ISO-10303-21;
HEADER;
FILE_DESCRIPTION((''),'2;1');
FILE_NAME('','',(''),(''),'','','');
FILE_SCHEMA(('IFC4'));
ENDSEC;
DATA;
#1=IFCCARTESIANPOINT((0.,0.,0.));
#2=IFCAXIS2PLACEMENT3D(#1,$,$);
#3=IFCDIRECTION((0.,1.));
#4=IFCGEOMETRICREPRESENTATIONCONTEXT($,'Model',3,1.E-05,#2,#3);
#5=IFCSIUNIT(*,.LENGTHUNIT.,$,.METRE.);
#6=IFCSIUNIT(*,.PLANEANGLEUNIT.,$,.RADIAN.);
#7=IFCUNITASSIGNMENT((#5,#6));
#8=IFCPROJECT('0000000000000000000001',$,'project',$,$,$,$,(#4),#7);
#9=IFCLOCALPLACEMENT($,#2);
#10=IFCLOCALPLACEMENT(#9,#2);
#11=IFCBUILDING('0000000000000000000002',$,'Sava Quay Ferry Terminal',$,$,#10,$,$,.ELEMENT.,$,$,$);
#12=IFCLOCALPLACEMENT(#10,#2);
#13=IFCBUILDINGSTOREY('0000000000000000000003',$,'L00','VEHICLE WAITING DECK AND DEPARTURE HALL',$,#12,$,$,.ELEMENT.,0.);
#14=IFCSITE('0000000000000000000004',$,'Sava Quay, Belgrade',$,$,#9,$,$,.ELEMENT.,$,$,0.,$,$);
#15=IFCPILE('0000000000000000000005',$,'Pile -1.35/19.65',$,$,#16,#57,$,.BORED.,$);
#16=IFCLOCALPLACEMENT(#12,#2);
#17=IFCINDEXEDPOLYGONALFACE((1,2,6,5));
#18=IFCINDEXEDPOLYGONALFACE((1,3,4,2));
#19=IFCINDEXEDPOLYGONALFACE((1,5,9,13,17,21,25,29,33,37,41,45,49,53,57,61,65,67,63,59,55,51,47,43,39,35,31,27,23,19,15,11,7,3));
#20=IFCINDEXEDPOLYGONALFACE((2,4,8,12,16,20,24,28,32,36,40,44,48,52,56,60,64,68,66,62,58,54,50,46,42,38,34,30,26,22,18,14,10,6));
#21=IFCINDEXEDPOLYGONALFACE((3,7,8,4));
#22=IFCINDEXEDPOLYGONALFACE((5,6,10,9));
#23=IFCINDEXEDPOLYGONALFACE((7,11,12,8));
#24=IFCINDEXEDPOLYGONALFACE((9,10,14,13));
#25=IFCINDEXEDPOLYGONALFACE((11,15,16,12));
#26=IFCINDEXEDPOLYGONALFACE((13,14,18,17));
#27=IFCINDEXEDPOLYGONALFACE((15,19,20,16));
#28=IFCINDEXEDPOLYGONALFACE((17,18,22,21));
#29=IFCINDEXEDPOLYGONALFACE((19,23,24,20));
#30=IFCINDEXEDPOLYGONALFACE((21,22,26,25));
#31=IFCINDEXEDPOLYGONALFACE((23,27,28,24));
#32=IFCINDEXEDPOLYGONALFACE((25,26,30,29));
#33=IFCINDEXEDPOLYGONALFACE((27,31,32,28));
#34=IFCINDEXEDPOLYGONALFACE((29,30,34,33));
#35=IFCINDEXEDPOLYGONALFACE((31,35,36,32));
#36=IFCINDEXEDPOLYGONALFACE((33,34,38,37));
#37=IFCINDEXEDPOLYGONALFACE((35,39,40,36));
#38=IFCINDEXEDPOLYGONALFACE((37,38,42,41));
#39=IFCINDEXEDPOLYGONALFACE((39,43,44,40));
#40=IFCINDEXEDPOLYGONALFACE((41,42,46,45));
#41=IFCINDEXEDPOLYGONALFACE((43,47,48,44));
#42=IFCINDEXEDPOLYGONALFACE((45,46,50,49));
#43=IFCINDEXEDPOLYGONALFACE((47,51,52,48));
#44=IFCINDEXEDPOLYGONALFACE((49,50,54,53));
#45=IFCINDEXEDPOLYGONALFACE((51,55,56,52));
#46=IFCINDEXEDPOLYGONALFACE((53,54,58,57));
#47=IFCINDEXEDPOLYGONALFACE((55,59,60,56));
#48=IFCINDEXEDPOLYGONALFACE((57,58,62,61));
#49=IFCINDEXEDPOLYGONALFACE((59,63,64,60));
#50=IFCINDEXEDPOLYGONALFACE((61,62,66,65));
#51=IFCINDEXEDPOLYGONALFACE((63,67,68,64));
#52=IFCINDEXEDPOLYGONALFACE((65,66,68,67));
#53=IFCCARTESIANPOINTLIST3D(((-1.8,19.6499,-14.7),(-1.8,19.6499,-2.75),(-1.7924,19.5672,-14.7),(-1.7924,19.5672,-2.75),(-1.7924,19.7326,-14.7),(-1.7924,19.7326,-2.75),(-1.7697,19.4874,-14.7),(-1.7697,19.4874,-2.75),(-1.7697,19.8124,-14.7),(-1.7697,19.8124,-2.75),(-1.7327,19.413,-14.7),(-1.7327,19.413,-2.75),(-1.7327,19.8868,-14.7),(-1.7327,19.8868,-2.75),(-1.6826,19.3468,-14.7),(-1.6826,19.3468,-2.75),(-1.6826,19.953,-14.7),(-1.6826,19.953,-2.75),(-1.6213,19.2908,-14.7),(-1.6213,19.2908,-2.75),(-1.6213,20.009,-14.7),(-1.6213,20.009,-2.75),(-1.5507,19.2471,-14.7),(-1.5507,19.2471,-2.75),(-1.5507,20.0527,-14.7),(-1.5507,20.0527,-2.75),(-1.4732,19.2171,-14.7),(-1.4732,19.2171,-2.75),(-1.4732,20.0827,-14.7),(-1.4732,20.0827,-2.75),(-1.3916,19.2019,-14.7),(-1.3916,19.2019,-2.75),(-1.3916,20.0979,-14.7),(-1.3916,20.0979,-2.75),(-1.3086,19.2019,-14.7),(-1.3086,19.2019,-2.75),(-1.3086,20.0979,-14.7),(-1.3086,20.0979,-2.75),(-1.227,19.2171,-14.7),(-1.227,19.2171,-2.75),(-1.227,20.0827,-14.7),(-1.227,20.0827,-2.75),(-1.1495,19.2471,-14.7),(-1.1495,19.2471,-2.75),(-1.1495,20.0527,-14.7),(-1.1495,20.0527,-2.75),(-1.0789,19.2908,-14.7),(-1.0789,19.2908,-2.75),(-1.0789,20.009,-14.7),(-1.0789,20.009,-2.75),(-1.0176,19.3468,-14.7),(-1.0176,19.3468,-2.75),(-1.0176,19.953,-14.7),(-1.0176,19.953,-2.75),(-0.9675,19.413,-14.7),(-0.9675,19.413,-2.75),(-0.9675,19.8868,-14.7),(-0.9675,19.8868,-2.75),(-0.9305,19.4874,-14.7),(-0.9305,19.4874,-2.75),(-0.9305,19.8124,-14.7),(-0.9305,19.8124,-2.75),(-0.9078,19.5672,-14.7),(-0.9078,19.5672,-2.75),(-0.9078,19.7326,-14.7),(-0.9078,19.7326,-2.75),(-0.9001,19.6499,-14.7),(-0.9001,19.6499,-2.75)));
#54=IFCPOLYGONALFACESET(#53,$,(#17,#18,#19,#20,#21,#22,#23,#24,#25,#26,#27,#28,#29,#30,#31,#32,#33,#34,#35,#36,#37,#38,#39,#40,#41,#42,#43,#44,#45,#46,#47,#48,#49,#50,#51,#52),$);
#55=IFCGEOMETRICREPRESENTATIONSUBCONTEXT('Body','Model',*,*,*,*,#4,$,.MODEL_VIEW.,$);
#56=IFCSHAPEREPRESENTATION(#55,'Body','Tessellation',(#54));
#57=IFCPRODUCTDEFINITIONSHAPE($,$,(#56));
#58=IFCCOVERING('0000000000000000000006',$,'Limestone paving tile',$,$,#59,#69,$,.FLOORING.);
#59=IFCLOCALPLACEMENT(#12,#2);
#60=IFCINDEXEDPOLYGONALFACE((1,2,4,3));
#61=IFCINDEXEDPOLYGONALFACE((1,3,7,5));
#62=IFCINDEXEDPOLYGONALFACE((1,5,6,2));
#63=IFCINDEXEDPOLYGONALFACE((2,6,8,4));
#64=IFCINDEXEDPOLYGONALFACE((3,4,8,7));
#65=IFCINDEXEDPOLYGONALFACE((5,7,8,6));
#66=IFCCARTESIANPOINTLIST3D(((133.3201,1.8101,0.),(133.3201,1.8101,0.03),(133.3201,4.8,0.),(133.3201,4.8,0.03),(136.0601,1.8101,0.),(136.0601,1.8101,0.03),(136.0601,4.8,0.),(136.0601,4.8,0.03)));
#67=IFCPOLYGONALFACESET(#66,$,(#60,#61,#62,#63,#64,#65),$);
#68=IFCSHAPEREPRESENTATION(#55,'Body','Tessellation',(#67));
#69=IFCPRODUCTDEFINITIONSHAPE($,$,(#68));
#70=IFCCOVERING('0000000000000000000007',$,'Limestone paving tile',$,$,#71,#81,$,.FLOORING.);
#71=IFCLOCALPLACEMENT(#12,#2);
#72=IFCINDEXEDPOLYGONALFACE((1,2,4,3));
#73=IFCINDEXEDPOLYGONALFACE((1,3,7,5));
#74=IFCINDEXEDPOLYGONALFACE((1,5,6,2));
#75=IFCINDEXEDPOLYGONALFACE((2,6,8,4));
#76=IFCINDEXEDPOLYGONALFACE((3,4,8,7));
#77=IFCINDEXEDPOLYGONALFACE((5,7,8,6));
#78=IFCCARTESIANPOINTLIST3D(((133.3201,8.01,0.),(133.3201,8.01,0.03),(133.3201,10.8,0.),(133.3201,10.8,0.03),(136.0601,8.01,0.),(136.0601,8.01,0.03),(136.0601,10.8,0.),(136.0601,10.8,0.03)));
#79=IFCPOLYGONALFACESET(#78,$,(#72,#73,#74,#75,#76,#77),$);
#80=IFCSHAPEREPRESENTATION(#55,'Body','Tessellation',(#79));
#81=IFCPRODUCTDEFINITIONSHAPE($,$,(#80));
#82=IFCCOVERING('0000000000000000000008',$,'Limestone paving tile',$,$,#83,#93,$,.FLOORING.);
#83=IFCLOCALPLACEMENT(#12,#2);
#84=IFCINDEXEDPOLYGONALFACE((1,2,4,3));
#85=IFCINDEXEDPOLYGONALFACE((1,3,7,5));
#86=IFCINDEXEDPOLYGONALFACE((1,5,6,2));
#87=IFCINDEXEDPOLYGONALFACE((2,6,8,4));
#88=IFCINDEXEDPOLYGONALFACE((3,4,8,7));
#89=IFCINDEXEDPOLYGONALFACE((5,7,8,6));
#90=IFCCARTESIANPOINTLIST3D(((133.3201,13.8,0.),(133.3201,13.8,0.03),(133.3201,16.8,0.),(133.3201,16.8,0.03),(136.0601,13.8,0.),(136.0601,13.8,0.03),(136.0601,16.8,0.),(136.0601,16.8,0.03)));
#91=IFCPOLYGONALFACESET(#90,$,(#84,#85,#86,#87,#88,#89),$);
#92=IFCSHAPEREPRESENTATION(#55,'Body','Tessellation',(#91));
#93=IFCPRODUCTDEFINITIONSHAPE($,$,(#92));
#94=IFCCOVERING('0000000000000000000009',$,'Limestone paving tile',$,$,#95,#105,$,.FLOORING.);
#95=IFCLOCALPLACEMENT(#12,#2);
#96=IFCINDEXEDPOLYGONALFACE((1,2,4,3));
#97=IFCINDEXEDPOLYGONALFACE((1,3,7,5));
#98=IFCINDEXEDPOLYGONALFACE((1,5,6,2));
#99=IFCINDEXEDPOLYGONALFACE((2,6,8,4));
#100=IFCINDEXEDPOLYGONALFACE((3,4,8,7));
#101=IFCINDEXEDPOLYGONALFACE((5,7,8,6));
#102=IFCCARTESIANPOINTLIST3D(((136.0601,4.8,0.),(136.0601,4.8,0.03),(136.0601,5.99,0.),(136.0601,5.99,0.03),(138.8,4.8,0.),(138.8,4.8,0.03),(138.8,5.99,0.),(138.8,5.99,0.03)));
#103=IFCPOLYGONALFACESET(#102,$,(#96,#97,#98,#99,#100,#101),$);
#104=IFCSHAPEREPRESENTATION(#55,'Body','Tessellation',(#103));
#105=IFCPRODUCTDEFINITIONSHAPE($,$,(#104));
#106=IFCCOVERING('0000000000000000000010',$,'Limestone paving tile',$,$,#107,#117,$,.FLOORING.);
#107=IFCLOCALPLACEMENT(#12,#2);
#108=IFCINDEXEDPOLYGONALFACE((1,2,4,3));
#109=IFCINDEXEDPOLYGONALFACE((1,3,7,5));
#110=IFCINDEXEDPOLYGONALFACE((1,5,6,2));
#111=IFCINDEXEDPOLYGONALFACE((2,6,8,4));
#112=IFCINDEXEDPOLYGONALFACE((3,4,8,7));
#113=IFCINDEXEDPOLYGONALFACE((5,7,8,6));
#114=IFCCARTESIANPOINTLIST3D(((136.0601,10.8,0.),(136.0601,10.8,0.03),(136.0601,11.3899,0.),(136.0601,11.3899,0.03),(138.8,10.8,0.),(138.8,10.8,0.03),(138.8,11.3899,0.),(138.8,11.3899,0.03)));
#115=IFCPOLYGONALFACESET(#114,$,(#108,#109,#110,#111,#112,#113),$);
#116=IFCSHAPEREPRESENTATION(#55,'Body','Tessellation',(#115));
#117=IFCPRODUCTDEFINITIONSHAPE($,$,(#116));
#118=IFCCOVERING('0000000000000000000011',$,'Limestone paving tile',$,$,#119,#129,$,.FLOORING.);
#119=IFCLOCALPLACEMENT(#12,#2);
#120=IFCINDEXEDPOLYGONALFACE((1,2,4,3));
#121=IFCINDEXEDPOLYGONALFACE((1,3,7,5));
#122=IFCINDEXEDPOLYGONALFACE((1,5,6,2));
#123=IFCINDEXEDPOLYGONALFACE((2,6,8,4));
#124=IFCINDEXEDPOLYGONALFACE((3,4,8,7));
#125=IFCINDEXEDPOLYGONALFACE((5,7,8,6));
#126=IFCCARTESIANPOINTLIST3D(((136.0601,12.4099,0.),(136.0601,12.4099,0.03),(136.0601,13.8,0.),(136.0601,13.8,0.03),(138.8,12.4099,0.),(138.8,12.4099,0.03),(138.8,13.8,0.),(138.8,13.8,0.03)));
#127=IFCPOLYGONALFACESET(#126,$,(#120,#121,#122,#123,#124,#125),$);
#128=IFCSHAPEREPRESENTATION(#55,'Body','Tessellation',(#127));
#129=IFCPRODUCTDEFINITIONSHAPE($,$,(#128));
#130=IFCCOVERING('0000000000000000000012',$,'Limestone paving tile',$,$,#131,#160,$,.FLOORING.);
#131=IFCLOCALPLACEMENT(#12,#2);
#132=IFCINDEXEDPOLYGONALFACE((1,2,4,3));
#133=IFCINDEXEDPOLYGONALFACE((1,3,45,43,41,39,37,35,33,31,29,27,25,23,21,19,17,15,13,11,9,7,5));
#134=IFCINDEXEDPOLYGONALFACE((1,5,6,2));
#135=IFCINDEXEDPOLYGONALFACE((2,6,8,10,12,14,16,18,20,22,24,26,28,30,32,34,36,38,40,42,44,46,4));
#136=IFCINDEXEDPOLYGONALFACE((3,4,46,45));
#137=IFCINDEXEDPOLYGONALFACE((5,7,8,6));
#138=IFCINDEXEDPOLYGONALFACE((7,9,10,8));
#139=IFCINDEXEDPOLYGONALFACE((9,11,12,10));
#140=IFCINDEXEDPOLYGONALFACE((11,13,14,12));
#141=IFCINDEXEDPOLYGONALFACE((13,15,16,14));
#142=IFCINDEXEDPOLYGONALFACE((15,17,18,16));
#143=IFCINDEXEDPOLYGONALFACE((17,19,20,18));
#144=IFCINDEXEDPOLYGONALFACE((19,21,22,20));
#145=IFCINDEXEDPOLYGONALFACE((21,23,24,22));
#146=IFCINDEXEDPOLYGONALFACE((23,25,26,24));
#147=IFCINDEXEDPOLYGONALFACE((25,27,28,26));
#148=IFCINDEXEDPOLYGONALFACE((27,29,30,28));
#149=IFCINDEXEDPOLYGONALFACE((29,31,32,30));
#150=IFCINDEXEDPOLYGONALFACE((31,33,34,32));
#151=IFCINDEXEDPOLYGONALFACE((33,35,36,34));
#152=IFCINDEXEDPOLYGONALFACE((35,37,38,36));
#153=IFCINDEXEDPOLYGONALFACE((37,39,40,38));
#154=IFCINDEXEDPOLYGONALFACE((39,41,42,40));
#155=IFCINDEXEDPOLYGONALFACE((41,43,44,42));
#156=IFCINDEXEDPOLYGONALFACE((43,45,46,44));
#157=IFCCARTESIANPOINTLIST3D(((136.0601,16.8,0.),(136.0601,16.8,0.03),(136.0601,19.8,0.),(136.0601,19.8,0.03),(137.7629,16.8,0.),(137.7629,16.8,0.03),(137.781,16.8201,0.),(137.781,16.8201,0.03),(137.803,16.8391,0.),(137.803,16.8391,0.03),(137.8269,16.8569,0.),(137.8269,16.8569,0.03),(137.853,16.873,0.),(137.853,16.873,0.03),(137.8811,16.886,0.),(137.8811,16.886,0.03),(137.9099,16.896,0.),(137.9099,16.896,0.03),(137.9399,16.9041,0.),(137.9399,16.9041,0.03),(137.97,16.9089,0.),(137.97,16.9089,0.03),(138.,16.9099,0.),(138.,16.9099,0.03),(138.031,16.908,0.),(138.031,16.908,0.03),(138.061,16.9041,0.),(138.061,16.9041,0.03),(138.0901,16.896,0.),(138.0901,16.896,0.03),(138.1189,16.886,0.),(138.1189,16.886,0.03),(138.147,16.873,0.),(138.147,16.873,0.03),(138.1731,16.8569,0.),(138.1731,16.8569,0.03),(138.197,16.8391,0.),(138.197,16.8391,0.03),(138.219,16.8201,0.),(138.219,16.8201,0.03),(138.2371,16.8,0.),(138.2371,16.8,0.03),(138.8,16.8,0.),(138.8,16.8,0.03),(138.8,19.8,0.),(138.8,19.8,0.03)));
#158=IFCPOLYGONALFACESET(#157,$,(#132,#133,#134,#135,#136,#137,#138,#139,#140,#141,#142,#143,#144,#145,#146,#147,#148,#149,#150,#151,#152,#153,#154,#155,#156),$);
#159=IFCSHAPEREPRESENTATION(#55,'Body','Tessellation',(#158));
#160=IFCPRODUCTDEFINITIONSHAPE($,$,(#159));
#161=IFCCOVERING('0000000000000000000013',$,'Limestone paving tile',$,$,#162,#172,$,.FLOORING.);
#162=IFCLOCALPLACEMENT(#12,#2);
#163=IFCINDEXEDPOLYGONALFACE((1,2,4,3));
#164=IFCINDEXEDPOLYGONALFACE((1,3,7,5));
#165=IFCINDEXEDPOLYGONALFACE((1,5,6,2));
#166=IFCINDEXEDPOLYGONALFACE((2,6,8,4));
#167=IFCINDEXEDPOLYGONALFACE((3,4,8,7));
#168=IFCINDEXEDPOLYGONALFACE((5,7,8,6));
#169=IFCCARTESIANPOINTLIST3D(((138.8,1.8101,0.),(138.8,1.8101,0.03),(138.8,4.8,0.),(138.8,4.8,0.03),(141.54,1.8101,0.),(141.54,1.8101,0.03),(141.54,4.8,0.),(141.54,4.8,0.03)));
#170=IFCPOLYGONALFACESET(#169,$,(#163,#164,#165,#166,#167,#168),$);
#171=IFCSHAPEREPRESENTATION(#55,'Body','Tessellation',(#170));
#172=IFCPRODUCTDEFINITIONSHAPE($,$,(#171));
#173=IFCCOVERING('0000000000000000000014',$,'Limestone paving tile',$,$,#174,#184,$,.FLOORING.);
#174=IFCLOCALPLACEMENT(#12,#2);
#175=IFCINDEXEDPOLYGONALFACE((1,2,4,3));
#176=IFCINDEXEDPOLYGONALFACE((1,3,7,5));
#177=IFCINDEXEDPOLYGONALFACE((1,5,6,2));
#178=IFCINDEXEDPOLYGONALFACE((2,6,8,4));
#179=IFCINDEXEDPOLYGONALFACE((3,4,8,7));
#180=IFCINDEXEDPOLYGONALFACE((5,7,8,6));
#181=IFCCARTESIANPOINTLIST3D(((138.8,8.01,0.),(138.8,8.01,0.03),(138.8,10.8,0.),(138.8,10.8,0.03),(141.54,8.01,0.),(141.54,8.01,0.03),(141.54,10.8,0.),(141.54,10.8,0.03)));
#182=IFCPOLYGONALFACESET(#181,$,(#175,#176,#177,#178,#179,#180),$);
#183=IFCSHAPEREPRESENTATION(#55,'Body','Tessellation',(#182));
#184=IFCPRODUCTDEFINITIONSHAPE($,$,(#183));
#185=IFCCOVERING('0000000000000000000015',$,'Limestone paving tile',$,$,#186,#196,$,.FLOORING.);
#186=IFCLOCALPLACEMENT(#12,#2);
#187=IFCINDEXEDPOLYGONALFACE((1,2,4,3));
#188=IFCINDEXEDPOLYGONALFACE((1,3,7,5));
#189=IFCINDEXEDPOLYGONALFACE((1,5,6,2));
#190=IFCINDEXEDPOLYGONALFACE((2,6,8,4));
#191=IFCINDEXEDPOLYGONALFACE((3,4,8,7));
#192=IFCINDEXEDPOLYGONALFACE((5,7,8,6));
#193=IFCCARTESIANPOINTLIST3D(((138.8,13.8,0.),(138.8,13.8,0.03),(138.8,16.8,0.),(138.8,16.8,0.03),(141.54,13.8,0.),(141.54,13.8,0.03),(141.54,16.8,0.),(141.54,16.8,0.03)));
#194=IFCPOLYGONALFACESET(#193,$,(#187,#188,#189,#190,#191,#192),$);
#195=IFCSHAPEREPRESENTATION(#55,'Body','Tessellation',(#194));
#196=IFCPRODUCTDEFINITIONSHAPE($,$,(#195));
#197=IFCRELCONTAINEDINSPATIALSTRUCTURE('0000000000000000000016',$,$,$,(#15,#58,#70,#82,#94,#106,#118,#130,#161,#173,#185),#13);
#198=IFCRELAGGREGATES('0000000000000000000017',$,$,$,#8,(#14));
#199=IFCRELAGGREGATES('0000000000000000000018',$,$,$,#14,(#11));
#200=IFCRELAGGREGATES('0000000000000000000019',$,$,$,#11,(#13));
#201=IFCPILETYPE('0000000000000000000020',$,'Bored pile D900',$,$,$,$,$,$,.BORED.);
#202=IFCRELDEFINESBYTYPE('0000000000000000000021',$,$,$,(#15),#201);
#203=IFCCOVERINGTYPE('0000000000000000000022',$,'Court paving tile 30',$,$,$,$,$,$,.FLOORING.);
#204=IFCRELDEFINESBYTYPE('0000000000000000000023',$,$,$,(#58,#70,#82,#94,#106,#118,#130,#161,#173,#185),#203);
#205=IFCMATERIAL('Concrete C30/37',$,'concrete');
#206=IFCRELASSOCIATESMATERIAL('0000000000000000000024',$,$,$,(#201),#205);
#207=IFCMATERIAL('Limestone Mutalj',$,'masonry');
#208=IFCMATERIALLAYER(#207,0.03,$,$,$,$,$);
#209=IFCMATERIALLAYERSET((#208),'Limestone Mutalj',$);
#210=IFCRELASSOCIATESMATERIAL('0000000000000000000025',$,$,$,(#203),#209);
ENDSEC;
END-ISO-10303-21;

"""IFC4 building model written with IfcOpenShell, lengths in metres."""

from ifc_helpers import new_model, si_unit, direction, frame, origin, origin_2d, place, context, subcontext, project, spatial, polyline, circle, outline, extrude, material, layer, layer_set, material_profile, profile_set, type_object, element, save


model = new_model("IFC4")

# Units and contexts
model_context = context("Model", 3, precision=1e-05, world=origin(), true_north=direction((0.0, 1.0)))
body_context = subcontext(model_context, "Body", "Model", "MODEL_VIEW")
ifc_project = project(units=[si_unit("LENGTHUNIT", "METRE"), si_unit("PLANEANGLEUNIT", "RADIAN")], contexts=[model_context])

# Site, building, storey
site_placement = place(None, origin())
site = spatial("IfcSite", under=ifc_project, at=site_placement, Name="Sava Quay, Belgrade", CompositionType="ELEMENT", RefElevation=0.0)
building_placement = place(site_placement, origin())
building = spatial("IfcBuilding", under=site, at=building_placement, Name="Sava Quay Ferry Terminal", CompositionType="ELEMENT")
storey_placement = place(building_placement, origin())
storey = spatial("IfcBuildingStorey", under=building, at=storey_placement, Name="L00", Description="VEHICLE WAITING DECK AND DEPARTURE HALL", CompositionType="ELEMENT", Elevation=0.0)

# Pile
ifc_material_1 = material(Name="Concrete C30/37", Category="concrete")
ifc_material_profile = material_profile(ifc_material_1, circle(Radius=0.45, at=origin_2d()), Name="Bored pile D900")
ifc_profile_set = profile_set([ifc_material_profile], Name="Concrete C30/37")
pile_type = type_object("IfcPileType", Name="Bored pile D900", PredefinedType="BORED", material=ifc_profile_set)
pile_placement = place(storey_placement, frame((-1.3501, 19.6499, -2.75), z_axis=(0.0, 0.0, -1.0), x_axis=(1.0, 0.0, 0.0)))
element("IfcPile", 1, at=pile_placement, inside=storey, type_object=pile_type, Name="Pile -1.35/19.65", PredefinedType="BORED", context=body_context, shape_type="SweptSolid", body=[
    extrude(circle(Radius=0.45, at=origin_2d()), origin(), (0.0, 0.0, 1.0), 11.95),
])

# Coverings
ifc_material_2 = material(Name="Limestone Mutalj", Category="masonry")
ifc_layer_1 = layer(ifc_material_2, 0.03)
ifc_layer_set_1 = layer_set([ifc_layer_1], Name="Limestone Mutalj")
covering_type_1 = type_object("IfcCoveringType", Name="Court paving tile 30", PredefinedType="FLOORING", material=ifc_layer_set_1)
covering_1_placement = place(storey_placement, origin())
element("IfcCovering", 2, at=covering_1_placement, inside=storey, type_object=covering_type_1, Name="Limestone paving tile", PredefinedType="FLOORING", context=body_context, shape_type="SweptSolid", body=[
    extrude(outline(polyline([(133.3201, 4.8), (133.3201, 1.8101), (136.0601, 1.8101), (136.0601, 4.8), (133.3201, 4.8)])), origin(), (0.0, 0.0, 1.0), 0.03),
])
covering_2_placement = place(storey_placement, origin())
element("IfcCovering", 3, at=covering_2_placement, inside=storey, type_object=covering_type_1, Name="Limestone paving tile", PredefinedType="FLOORING", context=body_context, shape_type="SweptSolid", body=[
    extrude(outline(polyline([(133.3201, 10.8), (133.3201, 8.01), (136.0601, 8.01), (136.0601, 10.8), (133.3201, 10.8)])), origin(), (0.0, 0.0, 1.0), 0.03),
])
covering_3_placement = place(storey_placement, origin())
element("IfcCovering", 4, at=covering_3_placement, inside=storey, type_object=covering_type_1, Name="Limestone paving tile", PredefinedType="FLOORING", context=body_context, shape_type="SweptSolid", body=[
    extrude(outline(polyline([(133.3201, 13.8), (136.0601, 13.8), (136.0601, 16.8), (133.3201, 16.8), (133.3201, 13.8)])), origin(), (0.0, 0.0, 1.0), 0.03),
])
covering_4_placement = place(storey_placement, origin())
element("IfcCovering", 5, at=covering_4_placement, inside=storey, type_object=covering_type_1, Name="Limestone paving tile", PredefinedType="FLOORING", context=body_context, shape_type="SweptSolid", body=[
    extrude(outline(polyline([(138.8, 4.8), (138.8, 5.99), (136.0601, 5.99), (136.0601, 4.8), (138.8, 4.8)])), origin(), (0.0, 0.0, 1.0), 0.03),
])
covering_5_placement = place(storey_placement, origin())
element("IfcCovering", 6, at=covering_5_placement, inside=storey, type_object=covering_type_1, Name="Limestone paving tile", PredefinedType="FLOORING", context=body_context, shape_type="SweptSolid", body=[
    extrude(outline(polyline([(138.8, 10.8), (138.8, 11.3899), (136.0601, 11.3899), (136.0601, 10.8), (138.8, 10.8)])), origin(), (0.0, 0.0, 1.0), 0.03),
])
covering_6_placement = place(storey_placement, origin())
element("IfcCovering", 7, at=covering_6_placement, inside=storey, type_object=covering_type_1, Name="Limestone paving tile", PredefinedType="FLOORING", context=body_context, shape_type="SweptSolid", body=[
    extrude(outline(polyline([(136.0601, 13.8), (136.0601, 12.4099), (138.8, 12.4099), (138.8, 13.8), (136.0601, 13.8)])), origin(), (0.0, 0.0, 1.0), 0.03),
])
covering_7_placement = place(storey_placement, origin())
element("IfcCovering", 8, at=covering_7_placement, inside=storey, type_object=covering_type_1, Name="Limestone paving tile", PredefinedType="FLOORING", context=body_context, shape_type="SweptSolid", body=[
    extrude(outline(polyline([(138.8, 16.8), (138.8, 19.8), (136.0601, 19.8), (136.0601, 16.8), (137.7629, 16.8), (137.781, 16.8201), (137.803, 16.8391), (137.8269, 16.8569), (137.853, 16.873), (137.8811, 16.886), (137.9099, 16.896), (137.9399, 16.9041), (137.97, 16.9089), (138.0, 16.9099), (138.031, 16.908), (138.061, 16.9041), (138.0901, 16.896), (138.1189, 16.886), (138.147, 16.873), (138.1731, 16.8569), (138.197, 16.8391), (138.219, 16.8201), (138.2371, 16.8), (138.8, 16.8)])), origin(), (0.0, 0.0, 1.0), 0.03),
])
covering_8_placement = place(storey_placement, origin())
element("IfcCovering", 9, at=covering_8_placement, inside=storey, type_object=covering_type_1, Name="Limestone paving tile", PredefinedType="FLOORING", context=body_context, shape_type="SweptSolid", body=[
    extrude(outline(polyline([(138.8, 4.8), (138.8, 1.8101), (141.54, 1.8101), (141.54, 4.8), (138.8, 4.8)])), origin(), (0.0, 0.0, 1.0), 0.03),
])
covering_9_placement = place(storey_placement, origin())
element("IfcCovering", 10, at=covering_9_placement, inside=storey, type_object=covering_type_1, Name="Limestone paving tile", PredefinedType="FLOORING", context=body_context, shape_type="SweptSolid", body=[
    extrude(outline(polyline([(138.8, 10.8), (138.8, 8.01), (141.54, 8.01), (141.54, 10.8), (138.8, 10.8)])), origin(), (0.0, 0.0, 1.0), 0.03),
])
covering_10_placement = place(storey_placement, origin())
element("IfcCovering", 11, at=covering_10_placement, inside=storey, type_object=covering_type_1, Name="Limestone paving tile", PredefinedType="FLOORING", context=body_context, shape_type="SweptSolid", body=[
    extrude(outline(polyline([(138.8, 13.8), (141.54, 13.8), (141.54, 16.8), (138.8, 16.8), (138.8, 13.8)])), origin(), (0.0, 0.0, 1.0), 0.03),
])

save(model, "model.ifc")
